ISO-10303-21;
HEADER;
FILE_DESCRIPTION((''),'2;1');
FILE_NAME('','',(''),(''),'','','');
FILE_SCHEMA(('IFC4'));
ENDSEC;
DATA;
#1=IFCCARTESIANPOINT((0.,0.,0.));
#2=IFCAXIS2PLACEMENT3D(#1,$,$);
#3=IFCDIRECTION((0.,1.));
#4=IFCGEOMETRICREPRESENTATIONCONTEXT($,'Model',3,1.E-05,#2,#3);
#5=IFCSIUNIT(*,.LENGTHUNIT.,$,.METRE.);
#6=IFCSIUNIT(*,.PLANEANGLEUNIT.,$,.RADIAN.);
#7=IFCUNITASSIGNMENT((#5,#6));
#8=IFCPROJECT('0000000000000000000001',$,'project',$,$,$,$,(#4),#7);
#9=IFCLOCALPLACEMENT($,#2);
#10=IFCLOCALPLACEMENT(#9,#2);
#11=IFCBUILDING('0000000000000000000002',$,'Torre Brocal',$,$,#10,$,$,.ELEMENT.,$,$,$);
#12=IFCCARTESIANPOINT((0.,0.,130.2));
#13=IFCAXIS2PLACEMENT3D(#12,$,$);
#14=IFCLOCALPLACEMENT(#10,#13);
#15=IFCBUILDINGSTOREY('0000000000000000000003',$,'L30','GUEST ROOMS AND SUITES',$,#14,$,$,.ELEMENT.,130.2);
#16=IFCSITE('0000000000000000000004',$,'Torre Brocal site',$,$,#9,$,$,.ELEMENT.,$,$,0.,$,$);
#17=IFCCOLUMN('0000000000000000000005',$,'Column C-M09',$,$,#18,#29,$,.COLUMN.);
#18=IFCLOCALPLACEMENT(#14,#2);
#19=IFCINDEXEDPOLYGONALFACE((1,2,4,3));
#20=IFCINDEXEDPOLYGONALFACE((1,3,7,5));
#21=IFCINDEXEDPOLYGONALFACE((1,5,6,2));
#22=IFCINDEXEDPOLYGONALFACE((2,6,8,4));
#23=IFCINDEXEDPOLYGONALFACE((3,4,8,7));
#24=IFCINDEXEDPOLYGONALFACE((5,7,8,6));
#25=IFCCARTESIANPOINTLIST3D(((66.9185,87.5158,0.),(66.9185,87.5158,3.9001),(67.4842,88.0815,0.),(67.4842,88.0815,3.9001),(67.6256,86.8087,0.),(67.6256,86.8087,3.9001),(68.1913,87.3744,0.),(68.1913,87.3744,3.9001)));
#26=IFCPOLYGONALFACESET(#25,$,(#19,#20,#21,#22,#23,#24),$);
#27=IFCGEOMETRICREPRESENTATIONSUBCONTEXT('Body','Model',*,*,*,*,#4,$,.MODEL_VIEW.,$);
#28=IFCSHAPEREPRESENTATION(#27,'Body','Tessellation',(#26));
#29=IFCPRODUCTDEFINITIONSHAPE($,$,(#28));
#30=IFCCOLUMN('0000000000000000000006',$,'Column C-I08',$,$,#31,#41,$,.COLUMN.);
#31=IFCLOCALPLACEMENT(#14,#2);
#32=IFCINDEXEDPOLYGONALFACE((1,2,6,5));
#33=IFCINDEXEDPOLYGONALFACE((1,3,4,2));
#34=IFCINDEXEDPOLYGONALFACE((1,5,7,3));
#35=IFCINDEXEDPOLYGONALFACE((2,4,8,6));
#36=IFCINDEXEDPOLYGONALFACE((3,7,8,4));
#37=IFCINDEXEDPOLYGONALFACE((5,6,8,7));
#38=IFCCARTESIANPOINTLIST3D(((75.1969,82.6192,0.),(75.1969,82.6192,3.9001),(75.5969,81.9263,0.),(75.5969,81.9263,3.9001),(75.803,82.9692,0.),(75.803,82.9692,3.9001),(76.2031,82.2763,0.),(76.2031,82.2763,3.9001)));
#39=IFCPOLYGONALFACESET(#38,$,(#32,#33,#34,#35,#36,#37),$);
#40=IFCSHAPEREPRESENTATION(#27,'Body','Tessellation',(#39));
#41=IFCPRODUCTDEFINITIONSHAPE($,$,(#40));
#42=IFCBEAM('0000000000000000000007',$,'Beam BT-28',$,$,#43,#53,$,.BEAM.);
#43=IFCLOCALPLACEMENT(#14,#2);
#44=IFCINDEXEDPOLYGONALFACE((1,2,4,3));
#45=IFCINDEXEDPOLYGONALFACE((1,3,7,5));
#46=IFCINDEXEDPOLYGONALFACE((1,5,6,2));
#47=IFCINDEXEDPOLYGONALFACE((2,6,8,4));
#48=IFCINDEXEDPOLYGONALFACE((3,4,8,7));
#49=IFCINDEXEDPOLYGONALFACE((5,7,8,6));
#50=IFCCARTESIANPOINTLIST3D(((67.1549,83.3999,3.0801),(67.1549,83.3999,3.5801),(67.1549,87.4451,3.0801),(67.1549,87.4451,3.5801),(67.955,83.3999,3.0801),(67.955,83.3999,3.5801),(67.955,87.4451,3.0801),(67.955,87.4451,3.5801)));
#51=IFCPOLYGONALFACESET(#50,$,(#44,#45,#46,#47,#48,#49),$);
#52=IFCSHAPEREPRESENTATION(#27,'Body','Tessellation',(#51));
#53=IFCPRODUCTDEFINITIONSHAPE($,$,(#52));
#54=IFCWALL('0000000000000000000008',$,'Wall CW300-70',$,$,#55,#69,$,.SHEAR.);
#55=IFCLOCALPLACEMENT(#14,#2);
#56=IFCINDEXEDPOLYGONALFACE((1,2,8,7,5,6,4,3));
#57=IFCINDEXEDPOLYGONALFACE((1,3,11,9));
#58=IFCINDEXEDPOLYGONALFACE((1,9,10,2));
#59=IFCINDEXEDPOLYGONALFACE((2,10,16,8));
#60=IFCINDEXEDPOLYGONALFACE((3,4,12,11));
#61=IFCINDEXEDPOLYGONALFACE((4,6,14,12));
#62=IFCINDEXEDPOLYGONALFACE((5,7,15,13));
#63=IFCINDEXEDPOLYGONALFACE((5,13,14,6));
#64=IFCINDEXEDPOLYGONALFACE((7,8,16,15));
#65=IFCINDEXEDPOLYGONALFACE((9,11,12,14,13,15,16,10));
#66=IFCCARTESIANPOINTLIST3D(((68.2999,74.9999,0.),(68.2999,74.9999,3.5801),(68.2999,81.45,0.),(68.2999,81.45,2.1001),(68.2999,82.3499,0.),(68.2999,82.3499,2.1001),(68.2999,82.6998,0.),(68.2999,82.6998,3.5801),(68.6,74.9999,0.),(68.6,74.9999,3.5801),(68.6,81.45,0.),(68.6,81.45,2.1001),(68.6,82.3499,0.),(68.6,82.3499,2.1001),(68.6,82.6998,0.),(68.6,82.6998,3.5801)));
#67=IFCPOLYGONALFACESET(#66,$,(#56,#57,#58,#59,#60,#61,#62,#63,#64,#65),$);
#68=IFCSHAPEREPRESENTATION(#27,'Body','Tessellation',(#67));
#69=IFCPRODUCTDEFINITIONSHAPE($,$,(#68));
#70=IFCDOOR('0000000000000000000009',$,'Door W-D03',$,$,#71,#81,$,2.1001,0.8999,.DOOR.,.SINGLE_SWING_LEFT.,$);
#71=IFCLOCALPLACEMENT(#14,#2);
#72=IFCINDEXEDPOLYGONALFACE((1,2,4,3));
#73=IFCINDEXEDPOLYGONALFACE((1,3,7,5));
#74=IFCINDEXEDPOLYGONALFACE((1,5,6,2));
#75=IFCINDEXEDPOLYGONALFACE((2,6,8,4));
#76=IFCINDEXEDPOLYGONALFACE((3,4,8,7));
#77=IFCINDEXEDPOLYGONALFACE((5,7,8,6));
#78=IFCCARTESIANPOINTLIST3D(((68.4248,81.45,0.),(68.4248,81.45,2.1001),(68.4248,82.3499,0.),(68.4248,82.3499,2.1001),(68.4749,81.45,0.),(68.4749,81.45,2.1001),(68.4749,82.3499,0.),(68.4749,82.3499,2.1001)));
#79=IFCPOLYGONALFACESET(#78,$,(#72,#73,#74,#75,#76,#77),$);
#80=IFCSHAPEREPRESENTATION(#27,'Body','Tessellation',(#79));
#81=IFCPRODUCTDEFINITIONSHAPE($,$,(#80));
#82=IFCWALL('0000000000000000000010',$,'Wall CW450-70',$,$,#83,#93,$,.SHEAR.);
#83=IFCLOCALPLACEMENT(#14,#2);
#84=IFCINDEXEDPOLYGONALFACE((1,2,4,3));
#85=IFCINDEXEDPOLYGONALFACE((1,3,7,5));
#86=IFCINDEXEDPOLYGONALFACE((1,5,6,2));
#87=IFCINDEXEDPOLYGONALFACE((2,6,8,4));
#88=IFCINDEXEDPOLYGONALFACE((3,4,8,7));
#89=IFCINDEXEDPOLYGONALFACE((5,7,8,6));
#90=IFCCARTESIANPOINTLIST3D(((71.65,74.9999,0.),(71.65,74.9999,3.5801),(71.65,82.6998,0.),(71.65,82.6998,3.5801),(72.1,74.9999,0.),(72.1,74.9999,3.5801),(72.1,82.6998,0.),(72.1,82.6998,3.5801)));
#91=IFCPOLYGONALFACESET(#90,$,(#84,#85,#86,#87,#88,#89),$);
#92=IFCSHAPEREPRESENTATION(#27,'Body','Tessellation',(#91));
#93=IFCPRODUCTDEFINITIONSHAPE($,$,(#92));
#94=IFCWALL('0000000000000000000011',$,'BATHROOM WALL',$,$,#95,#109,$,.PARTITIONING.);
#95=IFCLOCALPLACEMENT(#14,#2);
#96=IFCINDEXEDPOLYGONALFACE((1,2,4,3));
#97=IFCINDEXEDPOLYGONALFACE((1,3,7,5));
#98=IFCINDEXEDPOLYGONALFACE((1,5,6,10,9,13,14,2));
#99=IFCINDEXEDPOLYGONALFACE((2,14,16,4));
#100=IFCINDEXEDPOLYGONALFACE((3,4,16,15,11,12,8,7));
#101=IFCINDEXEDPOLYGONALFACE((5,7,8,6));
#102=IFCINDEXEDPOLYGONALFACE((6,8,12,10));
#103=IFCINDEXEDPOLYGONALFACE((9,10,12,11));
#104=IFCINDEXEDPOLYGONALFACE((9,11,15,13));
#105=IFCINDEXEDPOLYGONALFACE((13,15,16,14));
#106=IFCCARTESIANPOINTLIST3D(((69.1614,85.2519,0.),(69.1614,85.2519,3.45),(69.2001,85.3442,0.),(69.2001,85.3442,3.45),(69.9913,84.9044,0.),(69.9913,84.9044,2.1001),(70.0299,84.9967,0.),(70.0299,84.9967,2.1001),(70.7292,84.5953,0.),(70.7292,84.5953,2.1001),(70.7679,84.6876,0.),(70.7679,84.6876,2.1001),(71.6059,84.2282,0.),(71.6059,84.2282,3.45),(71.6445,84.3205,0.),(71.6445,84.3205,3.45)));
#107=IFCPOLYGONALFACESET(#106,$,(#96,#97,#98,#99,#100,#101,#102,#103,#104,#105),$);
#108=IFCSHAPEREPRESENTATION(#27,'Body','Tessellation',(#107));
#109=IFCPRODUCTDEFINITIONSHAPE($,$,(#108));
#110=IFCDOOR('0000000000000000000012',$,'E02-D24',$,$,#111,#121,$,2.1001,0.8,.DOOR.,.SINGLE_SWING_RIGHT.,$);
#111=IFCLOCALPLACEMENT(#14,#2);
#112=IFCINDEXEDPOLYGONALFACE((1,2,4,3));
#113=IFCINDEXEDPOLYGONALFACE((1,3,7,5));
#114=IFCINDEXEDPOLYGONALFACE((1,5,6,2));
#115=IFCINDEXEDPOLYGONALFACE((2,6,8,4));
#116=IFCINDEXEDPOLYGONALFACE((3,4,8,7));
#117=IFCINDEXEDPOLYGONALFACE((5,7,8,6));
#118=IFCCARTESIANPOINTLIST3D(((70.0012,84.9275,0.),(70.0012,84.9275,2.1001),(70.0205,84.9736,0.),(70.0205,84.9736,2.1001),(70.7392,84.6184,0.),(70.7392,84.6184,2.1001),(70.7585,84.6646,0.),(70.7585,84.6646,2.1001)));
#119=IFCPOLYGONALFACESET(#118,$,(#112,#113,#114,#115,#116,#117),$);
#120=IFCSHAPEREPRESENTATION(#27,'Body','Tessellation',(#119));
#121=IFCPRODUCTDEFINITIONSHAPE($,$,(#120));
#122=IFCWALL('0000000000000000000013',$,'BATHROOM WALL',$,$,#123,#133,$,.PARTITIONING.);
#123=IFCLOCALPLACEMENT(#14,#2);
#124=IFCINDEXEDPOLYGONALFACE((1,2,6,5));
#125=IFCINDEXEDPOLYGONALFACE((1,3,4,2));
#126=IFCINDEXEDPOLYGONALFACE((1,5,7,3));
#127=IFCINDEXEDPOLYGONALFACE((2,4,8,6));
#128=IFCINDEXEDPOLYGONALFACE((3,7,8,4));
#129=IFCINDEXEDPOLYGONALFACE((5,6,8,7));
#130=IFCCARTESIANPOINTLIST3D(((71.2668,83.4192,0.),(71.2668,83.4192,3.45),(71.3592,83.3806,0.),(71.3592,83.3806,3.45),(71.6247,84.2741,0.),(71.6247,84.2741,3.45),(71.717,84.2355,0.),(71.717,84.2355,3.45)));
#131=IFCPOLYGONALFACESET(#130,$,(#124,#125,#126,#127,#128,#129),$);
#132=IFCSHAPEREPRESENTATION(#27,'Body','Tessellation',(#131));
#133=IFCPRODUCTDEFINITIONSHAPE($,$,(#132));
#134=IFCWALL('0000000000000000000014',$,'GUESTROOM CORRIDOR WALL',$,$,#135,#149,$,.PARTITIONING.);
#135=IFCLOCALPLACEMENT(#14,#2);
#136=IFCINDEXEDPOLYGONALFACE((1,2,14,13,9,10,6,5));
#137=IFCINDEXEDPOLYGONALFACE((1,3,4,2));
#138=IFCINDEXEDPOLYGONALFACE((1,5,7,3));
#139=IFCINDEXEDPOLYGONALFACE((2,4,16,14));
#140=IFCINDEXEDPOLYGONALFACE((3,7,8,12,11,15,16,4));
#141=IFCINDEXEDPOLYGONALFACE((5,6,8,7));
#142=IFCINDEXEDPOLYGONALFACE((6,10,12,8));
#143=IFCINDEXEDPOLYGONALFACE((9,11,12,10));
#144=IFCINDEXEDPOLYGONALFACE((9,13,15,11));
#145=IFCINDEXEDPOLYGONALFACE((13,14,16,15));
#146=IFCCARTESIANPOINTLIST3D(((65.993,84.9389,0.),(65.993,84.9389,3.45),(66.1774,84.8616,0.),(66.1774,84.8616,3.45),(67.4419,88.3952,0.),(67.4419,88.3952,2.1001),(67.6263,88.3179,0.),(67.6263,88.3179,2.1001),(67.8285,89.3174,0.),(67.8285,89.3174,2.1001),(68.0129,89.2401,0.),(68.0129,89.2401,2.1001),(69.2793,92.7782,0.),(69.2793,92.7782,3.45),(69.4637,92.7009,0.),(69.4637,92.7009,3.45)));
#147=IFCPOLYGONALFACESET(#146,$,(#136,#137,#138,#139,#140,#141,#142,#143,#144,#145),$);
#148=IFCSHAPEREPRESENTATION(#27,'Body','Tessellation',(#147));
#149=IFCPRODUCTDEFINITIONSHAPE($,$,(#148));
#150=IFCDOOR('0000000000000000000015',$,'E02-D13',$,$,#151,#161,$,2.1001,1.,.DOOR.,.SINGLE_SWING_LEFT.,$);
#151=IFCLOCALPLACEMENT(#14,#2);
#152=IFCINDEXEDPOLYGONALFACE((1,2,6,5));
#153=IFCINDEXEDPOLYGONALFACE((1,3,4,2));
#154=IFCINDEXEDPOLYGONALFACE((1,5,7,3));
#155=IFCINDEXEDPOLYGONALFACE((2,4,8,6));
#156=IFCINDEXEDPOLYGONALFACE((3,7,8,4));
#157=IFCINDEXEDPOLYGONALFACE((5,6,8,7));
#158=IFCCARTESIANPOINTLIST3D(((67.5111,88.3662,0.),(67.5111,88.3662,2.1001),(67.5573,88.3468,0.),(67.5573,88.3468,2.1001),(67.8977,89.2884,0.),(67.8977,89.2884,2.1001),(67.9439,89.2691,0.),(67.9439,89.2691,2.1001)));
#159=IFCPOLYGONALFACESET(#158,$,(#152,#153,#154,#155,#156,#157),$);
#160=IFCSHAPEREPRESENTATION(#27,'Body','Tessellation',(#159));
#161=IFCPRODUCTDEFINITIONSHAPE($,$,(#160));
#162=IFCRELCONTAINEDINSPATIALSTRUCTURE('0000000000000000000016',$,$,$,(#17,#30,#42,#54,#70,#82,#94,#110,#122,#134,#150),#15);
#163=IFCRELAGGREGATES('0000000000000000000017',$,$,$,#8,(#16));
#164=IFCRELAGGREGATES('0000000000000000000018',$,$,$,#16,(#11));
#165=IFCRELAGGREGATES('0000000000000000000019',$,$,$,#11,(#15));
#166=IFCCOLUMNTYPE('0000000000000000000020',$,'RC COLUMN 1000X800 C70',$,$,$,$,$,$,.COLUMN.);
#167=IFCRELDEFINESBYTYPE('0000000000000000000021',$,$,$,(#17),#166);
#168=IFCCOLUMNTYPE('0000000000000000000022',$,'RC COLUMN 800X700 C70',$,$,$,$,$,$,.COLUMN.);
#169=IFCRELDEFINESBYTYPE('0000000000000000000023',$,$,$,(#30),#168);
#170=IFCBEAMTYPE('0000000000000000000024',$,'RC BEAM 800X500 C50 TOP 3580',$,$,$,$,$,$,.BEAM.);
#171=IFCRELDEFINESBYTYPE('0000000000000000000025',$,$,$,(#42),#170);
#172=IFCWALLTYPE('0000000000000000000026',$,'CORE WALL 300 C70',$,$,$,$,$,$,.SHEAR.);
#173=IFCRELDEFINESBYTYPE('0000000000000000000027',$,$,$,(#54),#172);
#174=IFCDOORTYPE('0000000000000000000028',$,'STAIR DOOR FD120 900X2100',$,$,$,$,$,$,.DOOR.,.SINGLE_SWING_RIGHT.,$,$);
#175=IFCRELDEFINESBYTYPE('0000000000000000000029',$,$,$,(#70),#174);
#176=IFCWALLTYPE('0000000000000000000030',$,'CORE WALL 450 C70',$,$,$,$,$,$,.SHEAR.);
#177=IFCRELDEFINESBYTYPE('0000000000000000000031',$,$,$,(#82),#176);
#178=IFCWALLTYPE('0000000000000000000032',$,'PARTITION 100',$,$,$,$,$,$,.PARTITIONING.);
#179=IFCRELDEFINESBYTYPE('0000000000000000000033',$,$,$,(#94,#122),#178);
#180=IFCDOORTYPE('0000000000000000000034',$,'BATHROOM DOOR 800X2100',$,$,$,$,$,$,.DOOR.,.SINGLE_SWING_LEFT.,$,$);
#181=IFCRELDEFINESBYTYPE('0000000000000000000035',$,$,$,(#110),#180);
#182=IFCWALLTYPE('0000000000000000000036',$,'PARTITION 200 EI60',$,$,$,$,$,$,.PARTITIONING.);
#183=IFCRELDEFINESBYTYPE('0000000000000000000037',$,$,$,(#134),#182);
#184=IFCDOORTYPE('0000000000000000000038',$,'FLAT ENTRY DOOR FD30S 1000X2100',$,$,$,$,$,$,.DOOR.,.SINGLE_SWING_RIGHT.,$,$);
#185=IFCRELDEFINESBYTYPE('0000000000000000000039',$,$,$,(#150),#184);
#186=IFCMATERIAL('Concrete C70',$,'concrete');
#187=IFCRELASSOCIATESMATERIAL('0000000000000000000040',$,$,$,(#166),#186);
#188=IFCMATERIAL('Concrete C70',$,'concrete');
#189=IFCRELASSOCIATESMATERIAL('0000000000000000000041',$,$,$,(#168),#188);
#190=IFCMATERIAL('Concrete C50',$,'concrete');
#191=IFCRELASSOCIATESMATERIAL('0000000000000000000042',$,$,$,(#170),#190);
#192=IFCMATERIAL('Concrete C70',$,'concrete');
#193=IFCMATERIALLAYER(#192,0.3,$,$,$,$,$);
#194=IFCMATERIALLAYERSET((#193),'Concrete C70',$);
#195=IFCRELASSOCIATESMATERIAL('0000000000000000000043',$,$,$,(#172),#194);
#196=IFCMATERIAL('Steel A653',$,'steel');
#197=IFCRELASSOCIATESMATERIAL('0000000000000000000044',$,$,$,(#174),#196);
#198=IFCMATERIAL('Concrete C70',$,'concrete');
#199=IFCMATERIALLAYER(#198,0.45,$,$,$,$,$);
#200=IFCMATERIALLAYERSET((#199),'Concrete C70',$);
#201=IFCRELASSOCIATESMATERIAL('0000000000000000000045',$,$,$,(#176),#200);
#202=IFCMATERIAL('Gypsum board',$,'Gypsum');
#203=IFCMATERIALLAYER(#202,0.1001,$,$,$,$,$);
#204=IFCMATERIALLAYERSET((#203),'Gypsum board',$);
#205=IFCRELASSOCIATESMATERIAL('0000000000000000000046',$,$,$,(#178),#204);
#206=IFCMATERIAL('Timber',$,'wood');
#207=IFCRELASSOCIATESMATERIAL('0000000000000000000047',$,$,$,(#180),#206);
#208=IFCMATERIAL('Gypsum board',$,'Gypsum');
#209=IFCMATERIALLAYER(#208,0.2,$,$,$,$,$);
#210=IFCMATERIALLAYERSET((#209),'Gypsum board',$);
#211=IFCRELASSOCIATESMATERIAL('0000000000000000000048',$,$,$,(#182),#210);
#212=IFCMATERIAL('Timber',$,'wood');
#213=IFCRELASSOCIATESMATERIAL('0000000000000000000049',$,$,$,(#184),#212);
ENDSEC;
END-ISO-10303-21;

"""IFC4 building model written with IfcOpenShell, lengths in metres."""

from ifc_helpers import new_model, si_unit, direction, frame, frame_2d, origin, origin_2d, place, context, subcontext, project, spatial, rectangle, extrude, material, layer, layer_set, material_profile, profile_set, type_object, element, fill, save


model = new_model("IFC4")

# Units and contexts
model_context = context("Model", 3, precision=1e-05, world=origin(), true_north=direction((0.0, 1.0)))
body_context = subcontext(model_context, "Body", "Model", "MODEL_VIEW")
ifc_project = project(units=[si_unit("LENGTHUNIT", "METRE"), si_unit("PLANEANGLEUNIT", "RADIAN")], contexts=[model_context])

# Site, building, storey
site_placement = place(None, origin())
site = spatial("IfcSite", under=ifc_project, at=site_placement, Name="Torre Brocal site", CompositionType="ELEMENT", RefElevation=0.0)
building_placement = place(site_placement, origin())
building = spatial("IfcBuilding", under=site, at=building_placement, Name="Torre Brocal", CompositionType="ELEMENT")
storey_placement = place(building_placement, frame((0.0, 0.0, 130.2)))
storey = spatial("IfcBuildingStorey", under=building, at=storey_placement, Name="L30", Description="GUEST ROOMS AND SUITES", CompositionType="ELEMENT", Elevation=130.2)

# Columns
ifc_material_1 = material(Name="Concrete C70", Category="concrete")
ifc_material_profile_1 = material_profile(ifc_material_1, rectangle(XDim=1.0, YDim=0.8, at=origin_2d()), Name="RC 1000X800")
ifc_profile_set_1 = profile_set([ifc_material_profile_1], Name="Concrete C70")
column_type_1 = type_object("IfcColumnType", Name="RC COLUMN 1000X800 C70", PredefinedType="COLUMN", material=ifc_profile_set_1)
column_1_placement = place(storey_placement, frame((67.5549, 87.4451, 0.0), z_axis=(0.0, 0.0, 1.0), x_axis=(-0.707107, 0.707107, 0.0)))
element("IfcColumn", 1, at=column_1_placement, inside=storey, type_object=column_type_1, Name="Column C-M09", PredefinedType="COLUMN", context=body_context, shape_type="SweptSolid", body=[
    extrude(rectangle(XDim=1.0, YDim=0.8, at=origin_2d()), origin(), (0.0, 0.0, 1.0), 3.9001),
])
ifc_material_2 = material(Name="Concrete C70", Category="concrete")
ifc_material_profile_2 = material_profile(ifc_material_2, rectangle(XDim=0.8, YDim=0.7, at=origin_2d()), Name="RC 800X700")
ifc_profile_set_2 = profile_set([ifc_material_profile_2], Name="Concrete C70")
column_type_2 = type_object("IfcColumnType", Name="RC COLUMN 800X700 C70", PredefinedType="COLUMN", material=ifc_profile_set_2)
column_2_placement = place(storey_placement, frame((75.7, 82.4478, 0.0), z_axis=(0.0, 0.0, 1.0), x_axis=(-0.5, 0.866025, 0.0)))
element("IfcColumn", 2, at=column_2_placement, inside=storey, type_object=column_type_2, Name="Column C-I08", PredefinedType="COLUMN", context=body_context, shape_type="SweptSolid", body=[
    extrude(rectangle(XDim=0.8, YDim=0.7, at=origin_2d()), origin(), (0.0, 0.0, 1.0), 3.9001),
])

# Beam
ifc_material_3 = material(Name="Concrete C50", Category="concrete")
ifc_material_profile_3 = material_profile(ifc_material_3, rectangle(XDim=0.8, YDim=0.5, at=origin_2d()), Name="RC 800X500")
ifc_profile_set_3 = profile_set([ifc_material_profile_3], Name="Concrete C50")
beam_type = type_object("IfcBeamType", Name="RC BEAM 800X500 C50 TOP 3580", PredefinedType="BEAM", material=ifc_profile_set_3)
beam_placement = place(storey_placement, frame((67.5549, 87.4451, 3.3301), z_axis=(0.0, -1.0, 0.0), x_axis=(1.0, 0.0, 0.0)))
element("IfcBeam", 3, at=beam_placement, inside=storey, type_object=beam_type, Name="Beam BT-28", PredefinedType="BEAM", context=body_context, shape_type="SweptSolid", body=[
    extrude(rectangle(XDim=0.8, YDim=0.5, at=origin_2d()), origin(), (0.0, 0.0, 1.0), 4.0452),
])

# Wall, opening, door
ifc_material_4 = material(Name="Concrete C70", Category="concrete")
ifc_layer_1 = layer(ifc_material_4, 0.3)
ifc_layer_set_1 = layer_set([ifc_layer_1], Name="Concrete C70")
wall_type_1 = type_object("IfcWallType", Name="CORE WALL 300 C70", PredefinedType="SHEAR", material=ifc_layer_set_1)
wall_1_placement = place(storey_placement, frame((68.45, 82.7, 0.0), z_axis=(0.0, 0.0, 1.0), x_axis=(0.0, -1.0, 0.0)))
wall_1 = element("IfcWall", 4, at=wall_1_placement, inside=storey, type_object=wall_type_1, Name="Wall CW300-70", PredefinedType="SHEAR", context=body_context, shape_type="SweptSolid", body=[
    extrude(rectangle(XDim=7.7, YDim=0.3, at=frame_2d((3.8501, 0.0))), origin(), (0.0, 0.0, 1.0), 3.5801),
])
opening_1_placement = place(wall_1_placement, frame((0.3501, 0.0, 0.0)))
opening_1 = element("IfcOpeningElement", 5, at=opening_1_placement, cuts=wall_1, PredefinedType="OPENING", context=body_context, shape_type="SweptSolid", body=[
    extrude(rectangle(XDim=0.8999, YDim=2.1001, at=frame_2d((0.45, 1.05))), frame((0.0, 0.1599, 0.0), z_axis=(0.0, -1.0, 0.0), x_axis=(1.0, 0.0, 0.0)), (0.0, 0.0, 1.0), 0.3201),
])
ifc_material_5 = material(Name="Steel A653", Category="steel")
door_type_1 = type_object("IfcDoorType", Name="STAIR DOOR FD120 900X2100", OperationType="SINGLE_SWING_RIGHT", PredefinedType="DOOR", material=ifc_material_5)
door_1_placement = place(opening_1_placement, origin())
door_1 = element("IfcDoor", 6, at=door_1_placement, inside=storey, type_object=door_type_1, Name="Door W-D03", OperationType="SINGLE_SWING_LEFT", OverallHeight=2.1001, OverallWidth=0.8999, PredefinedType="DOOR", context=body_context, shape_type="SweptSolid", body=[
    extrude(rectangle(XDim=0.8999, YDim=2.1001, at=frame_2d((0.45, 1.05))), frame((0.0, 0.0249, 0.0), z_axis=(0.0, -1.0, 0.0), x_axis=(1.0, 0.0, 0.0)), (0.0, 0.0, 1.0), 0.05),
])
fill(opening_1, door_1)

# Wall
ifc_material_6 = material(Name="Concrete C70", Category="concrete")
ifc_layer_2 = layer(ifc_material_6, 0.45)
ifc_layer_set_2 = layer_set([ifc_layer_2], Name="Concrete C70")
wall_type_2 = type_object("IfcWallType", Name="CORE WALL 450 C70", PredefinedType="SHEAR", material=ifc_layer_set_2)
wall_2_placement = place(storey_placement, frame((71.875, 82.7, 0.0), z_axis=(0.0, 0.0, 1.0), x_axis=(0.0, -1.0, 0.0)))
element("IfcWall", 7, at=wall_2_placement, inside=storey, type_object=wall_type_2, Name="Wall CW450-70", PredefinedType="SHEAR", context=body_context, shape_type="SweptSolid", body=[
    extrude(rectangle(XDim=7.7, YDim=0.45, at=frame_2d((3.8501, 0.0))), origin(), (0.0, 0.0, 1.0), 3.5801),
])

# Wall, opening, door
ifc_material_7 = material(Name="Gypsum board", Category="Gypsum")
ifc_layer_3 = layer(ifc_material_7, 0.1001)
ifc_layer_set_3 = layer_set([ifc_layer_3], Name="Gypsum board")
wall_type_3 = type_object("IfcWallType", Name="PARTITION 100", PredefinedType="PARTITIONING", material=ifc_layer_set_3)
wall_3_placement = place(storey_placement, frame((69.1807, 85.2981, 0.0), z_axis=(0.0, 0.0, 1.0), x_axis=(0.922378, -0.386289, 0.0)))
wall_3 = element("IfcWall", 8, at=wall_3_placement, inside=storey, type_object=wall_type_3, Name="BATHROOM WALL", PredefinedType="PARTITIONING", context=body_context, shape_type="SweptSolid", body=[
    extrude(rectangle(XDim=2.6501, YDim=0.1001, at=frame_2d((1.3252, 0.0))), origin(), (0.0, 0.0, 1.0), 3.45),
])
opening_2_placement = place(wall_3_placement, frame((0.8999, 0.0, 0.0)))
opening_2 = element("IfcOpeningElement", 9, at=opening_2_placement, cuts=wall_3, PredefinedType="OPENING", context=body_context, shape_type="SweptSolid", body=[
    extrude(rectangle(XDim=0.8, YDim=2.1001, at=frame_2d((0.3999, 1.05))), frame((0.0, 0.0601, 0.0), z_axis=(0.0, -1.0, 0.0), x_axis=(1.0, 0.0, 0.0)), (0.0, 0.0, 1.0), 0.1201),
])
ifc_material_8 = material(Name="Timber", Category="wood")
door_type_2 = type_object("IfcDoorType", Name="BATHROOM DOOR 800X2100", OperationType="SINGLE_SWING_LEFT", PredefinedType="DOOR", material=ifc_material_8)
door_2_placement = place(opening_2_placement, frame((0.8, 0.0, 0.0), z_axis=(0.0, 0.0, 1.0), x_axis=(-1.0, 0.0, 0.0)))
door_2 = element("IfcDoor", 10, at=door_2_placement, inside=storey, type_object=door_type_2, Name="E02-D24", OperationType="SINGLE_SWING_RIGHT", OverallHeight=2.1001, OverallWidth=0.8, PredefinedType="DOOR", context=body_context, shape_type="SweptSolid", body=[
    extrude(rectangle(XDim=0.8, YDim=2.1001, at=frame_2d((0.3999, 1.05))), frame((0.0, 0.0249, 0.0), z_axis=(0.0, -1.0, 0.0), x_axis=(1.0, 0.0, 0.0)), (0.0, 0.0, 1.0), 0.05),
])
fill(opening_2, door_2)

# Wall
wall_4_placement = place(storey_placement, frame((71.313, 83.3999, 0.0), z_axis=(0.0, 0.0, 1.0), x_axis=(0.386149, 0.922437, 0.0)))
element("IfcWall", 11, at=wall_4_placement, inside=storey, type_object=wall_type_3, Name="BATHROOM WALL", PredefinedType="PARTITIONING", context=body_context, shape_type="SweptSolid", body=[
    extrude(rectangle(XDim=0.9268, YDim=0.1001, at=frame_2d((0.4634, 0.0))), origin(), (0.0, 0.0, 1.0), 3.45),
])

# Wall, opening, door
ifc_material_9 = material(Name="Gypsum board", Category="Gypsum")
ifc_layer_4 = layer(ifc_material_9, 0.2)
ifc_layer_set_4 = layer_set([ifc_layer_4], Name="Gypsum board")
wall_type_4 = type_object("IfcWallType", Name="PARTITION 200 EI60", PredefinedType="PARTITIONING", material=ifc_layer_set_4)
wall_5_placement = place(storey_placement, frame((66.0852, 84.9004, 0.0), z_axis=(0.0, 0.0, 1.0), x_axis=(0.386617, 0.92224, 0.0)))
wall_5 = element("IfcWall", 12, at=wall_5_placement, inside=storey, type_object=wall_type_4, Name="GUESTROOM CORRIDOR WALL", PredefinedType="PARTITIONING", context=body_context, shape_type="SweptSolid", body=[
    extrude(rectangle(XDim=8.5002, YDim=0.2, at=frame_2d((4.25, 0.0))), origin(), (0.0, 0.0, 1.0), 3.45),
])
opening_3_placement = place(wall_5_placement, frame((3.7476, 0.0, 0.0)))
opening_3 = element("IfcOpeningElement", 13, at=opening_3_placement, cuts=wall_5, PredefinedType="OPENING", context=body_context, shape_type="SweptSolid", body=[
    extrude(rectangle(XDim=1.0, YDim=2.1001, at=frame_2d((0.5, 1.05))), frame((0.0, 0.1099, 0.0), z_axis=(0.0, -1.0, 0.0), x_axis=(1.0, 0.0, 0.0)), (0.0, 0.0, 1.0), 0.22),
])
ifc_material_10 = material(Name="Timber", Category="wood")
door_type_3 = type_object("IfcDoorType", Name="FLAT ENTRY DOOR FD30S 1000X2100", OperationType="SINGLE_SWING_RIGHT", PredefinedType="DOOR", material=ifc_material_10)
door_3_placement = place(opening_3_placement, origin())
door_3 = element("IfcDoor", 14, at=door_3_placement, inside=storey, type_object=door_type_3, Name="E02-D13", OperationType="SINGLE_SWING_LEFT", OverallHeight=2.1001, OverallWidth=1.0, PredefinedType="DOOR", context=body_context, shape_type="SweptSolid", body=[
    extrude(rectangle(XDim=1.0, YDim=2.1001, at=frame_2d((0.5, 1.05))), frame((0.0, 0.0249, 0.0), z_axis=(0.0, -1.0, 0.0), x_axis=(1.0, 0.0, 0.0)), (0.0, 0.0, 1.0), 0.05),
])
fill(opening_3, door_3)

save(model, "model.ifc")
